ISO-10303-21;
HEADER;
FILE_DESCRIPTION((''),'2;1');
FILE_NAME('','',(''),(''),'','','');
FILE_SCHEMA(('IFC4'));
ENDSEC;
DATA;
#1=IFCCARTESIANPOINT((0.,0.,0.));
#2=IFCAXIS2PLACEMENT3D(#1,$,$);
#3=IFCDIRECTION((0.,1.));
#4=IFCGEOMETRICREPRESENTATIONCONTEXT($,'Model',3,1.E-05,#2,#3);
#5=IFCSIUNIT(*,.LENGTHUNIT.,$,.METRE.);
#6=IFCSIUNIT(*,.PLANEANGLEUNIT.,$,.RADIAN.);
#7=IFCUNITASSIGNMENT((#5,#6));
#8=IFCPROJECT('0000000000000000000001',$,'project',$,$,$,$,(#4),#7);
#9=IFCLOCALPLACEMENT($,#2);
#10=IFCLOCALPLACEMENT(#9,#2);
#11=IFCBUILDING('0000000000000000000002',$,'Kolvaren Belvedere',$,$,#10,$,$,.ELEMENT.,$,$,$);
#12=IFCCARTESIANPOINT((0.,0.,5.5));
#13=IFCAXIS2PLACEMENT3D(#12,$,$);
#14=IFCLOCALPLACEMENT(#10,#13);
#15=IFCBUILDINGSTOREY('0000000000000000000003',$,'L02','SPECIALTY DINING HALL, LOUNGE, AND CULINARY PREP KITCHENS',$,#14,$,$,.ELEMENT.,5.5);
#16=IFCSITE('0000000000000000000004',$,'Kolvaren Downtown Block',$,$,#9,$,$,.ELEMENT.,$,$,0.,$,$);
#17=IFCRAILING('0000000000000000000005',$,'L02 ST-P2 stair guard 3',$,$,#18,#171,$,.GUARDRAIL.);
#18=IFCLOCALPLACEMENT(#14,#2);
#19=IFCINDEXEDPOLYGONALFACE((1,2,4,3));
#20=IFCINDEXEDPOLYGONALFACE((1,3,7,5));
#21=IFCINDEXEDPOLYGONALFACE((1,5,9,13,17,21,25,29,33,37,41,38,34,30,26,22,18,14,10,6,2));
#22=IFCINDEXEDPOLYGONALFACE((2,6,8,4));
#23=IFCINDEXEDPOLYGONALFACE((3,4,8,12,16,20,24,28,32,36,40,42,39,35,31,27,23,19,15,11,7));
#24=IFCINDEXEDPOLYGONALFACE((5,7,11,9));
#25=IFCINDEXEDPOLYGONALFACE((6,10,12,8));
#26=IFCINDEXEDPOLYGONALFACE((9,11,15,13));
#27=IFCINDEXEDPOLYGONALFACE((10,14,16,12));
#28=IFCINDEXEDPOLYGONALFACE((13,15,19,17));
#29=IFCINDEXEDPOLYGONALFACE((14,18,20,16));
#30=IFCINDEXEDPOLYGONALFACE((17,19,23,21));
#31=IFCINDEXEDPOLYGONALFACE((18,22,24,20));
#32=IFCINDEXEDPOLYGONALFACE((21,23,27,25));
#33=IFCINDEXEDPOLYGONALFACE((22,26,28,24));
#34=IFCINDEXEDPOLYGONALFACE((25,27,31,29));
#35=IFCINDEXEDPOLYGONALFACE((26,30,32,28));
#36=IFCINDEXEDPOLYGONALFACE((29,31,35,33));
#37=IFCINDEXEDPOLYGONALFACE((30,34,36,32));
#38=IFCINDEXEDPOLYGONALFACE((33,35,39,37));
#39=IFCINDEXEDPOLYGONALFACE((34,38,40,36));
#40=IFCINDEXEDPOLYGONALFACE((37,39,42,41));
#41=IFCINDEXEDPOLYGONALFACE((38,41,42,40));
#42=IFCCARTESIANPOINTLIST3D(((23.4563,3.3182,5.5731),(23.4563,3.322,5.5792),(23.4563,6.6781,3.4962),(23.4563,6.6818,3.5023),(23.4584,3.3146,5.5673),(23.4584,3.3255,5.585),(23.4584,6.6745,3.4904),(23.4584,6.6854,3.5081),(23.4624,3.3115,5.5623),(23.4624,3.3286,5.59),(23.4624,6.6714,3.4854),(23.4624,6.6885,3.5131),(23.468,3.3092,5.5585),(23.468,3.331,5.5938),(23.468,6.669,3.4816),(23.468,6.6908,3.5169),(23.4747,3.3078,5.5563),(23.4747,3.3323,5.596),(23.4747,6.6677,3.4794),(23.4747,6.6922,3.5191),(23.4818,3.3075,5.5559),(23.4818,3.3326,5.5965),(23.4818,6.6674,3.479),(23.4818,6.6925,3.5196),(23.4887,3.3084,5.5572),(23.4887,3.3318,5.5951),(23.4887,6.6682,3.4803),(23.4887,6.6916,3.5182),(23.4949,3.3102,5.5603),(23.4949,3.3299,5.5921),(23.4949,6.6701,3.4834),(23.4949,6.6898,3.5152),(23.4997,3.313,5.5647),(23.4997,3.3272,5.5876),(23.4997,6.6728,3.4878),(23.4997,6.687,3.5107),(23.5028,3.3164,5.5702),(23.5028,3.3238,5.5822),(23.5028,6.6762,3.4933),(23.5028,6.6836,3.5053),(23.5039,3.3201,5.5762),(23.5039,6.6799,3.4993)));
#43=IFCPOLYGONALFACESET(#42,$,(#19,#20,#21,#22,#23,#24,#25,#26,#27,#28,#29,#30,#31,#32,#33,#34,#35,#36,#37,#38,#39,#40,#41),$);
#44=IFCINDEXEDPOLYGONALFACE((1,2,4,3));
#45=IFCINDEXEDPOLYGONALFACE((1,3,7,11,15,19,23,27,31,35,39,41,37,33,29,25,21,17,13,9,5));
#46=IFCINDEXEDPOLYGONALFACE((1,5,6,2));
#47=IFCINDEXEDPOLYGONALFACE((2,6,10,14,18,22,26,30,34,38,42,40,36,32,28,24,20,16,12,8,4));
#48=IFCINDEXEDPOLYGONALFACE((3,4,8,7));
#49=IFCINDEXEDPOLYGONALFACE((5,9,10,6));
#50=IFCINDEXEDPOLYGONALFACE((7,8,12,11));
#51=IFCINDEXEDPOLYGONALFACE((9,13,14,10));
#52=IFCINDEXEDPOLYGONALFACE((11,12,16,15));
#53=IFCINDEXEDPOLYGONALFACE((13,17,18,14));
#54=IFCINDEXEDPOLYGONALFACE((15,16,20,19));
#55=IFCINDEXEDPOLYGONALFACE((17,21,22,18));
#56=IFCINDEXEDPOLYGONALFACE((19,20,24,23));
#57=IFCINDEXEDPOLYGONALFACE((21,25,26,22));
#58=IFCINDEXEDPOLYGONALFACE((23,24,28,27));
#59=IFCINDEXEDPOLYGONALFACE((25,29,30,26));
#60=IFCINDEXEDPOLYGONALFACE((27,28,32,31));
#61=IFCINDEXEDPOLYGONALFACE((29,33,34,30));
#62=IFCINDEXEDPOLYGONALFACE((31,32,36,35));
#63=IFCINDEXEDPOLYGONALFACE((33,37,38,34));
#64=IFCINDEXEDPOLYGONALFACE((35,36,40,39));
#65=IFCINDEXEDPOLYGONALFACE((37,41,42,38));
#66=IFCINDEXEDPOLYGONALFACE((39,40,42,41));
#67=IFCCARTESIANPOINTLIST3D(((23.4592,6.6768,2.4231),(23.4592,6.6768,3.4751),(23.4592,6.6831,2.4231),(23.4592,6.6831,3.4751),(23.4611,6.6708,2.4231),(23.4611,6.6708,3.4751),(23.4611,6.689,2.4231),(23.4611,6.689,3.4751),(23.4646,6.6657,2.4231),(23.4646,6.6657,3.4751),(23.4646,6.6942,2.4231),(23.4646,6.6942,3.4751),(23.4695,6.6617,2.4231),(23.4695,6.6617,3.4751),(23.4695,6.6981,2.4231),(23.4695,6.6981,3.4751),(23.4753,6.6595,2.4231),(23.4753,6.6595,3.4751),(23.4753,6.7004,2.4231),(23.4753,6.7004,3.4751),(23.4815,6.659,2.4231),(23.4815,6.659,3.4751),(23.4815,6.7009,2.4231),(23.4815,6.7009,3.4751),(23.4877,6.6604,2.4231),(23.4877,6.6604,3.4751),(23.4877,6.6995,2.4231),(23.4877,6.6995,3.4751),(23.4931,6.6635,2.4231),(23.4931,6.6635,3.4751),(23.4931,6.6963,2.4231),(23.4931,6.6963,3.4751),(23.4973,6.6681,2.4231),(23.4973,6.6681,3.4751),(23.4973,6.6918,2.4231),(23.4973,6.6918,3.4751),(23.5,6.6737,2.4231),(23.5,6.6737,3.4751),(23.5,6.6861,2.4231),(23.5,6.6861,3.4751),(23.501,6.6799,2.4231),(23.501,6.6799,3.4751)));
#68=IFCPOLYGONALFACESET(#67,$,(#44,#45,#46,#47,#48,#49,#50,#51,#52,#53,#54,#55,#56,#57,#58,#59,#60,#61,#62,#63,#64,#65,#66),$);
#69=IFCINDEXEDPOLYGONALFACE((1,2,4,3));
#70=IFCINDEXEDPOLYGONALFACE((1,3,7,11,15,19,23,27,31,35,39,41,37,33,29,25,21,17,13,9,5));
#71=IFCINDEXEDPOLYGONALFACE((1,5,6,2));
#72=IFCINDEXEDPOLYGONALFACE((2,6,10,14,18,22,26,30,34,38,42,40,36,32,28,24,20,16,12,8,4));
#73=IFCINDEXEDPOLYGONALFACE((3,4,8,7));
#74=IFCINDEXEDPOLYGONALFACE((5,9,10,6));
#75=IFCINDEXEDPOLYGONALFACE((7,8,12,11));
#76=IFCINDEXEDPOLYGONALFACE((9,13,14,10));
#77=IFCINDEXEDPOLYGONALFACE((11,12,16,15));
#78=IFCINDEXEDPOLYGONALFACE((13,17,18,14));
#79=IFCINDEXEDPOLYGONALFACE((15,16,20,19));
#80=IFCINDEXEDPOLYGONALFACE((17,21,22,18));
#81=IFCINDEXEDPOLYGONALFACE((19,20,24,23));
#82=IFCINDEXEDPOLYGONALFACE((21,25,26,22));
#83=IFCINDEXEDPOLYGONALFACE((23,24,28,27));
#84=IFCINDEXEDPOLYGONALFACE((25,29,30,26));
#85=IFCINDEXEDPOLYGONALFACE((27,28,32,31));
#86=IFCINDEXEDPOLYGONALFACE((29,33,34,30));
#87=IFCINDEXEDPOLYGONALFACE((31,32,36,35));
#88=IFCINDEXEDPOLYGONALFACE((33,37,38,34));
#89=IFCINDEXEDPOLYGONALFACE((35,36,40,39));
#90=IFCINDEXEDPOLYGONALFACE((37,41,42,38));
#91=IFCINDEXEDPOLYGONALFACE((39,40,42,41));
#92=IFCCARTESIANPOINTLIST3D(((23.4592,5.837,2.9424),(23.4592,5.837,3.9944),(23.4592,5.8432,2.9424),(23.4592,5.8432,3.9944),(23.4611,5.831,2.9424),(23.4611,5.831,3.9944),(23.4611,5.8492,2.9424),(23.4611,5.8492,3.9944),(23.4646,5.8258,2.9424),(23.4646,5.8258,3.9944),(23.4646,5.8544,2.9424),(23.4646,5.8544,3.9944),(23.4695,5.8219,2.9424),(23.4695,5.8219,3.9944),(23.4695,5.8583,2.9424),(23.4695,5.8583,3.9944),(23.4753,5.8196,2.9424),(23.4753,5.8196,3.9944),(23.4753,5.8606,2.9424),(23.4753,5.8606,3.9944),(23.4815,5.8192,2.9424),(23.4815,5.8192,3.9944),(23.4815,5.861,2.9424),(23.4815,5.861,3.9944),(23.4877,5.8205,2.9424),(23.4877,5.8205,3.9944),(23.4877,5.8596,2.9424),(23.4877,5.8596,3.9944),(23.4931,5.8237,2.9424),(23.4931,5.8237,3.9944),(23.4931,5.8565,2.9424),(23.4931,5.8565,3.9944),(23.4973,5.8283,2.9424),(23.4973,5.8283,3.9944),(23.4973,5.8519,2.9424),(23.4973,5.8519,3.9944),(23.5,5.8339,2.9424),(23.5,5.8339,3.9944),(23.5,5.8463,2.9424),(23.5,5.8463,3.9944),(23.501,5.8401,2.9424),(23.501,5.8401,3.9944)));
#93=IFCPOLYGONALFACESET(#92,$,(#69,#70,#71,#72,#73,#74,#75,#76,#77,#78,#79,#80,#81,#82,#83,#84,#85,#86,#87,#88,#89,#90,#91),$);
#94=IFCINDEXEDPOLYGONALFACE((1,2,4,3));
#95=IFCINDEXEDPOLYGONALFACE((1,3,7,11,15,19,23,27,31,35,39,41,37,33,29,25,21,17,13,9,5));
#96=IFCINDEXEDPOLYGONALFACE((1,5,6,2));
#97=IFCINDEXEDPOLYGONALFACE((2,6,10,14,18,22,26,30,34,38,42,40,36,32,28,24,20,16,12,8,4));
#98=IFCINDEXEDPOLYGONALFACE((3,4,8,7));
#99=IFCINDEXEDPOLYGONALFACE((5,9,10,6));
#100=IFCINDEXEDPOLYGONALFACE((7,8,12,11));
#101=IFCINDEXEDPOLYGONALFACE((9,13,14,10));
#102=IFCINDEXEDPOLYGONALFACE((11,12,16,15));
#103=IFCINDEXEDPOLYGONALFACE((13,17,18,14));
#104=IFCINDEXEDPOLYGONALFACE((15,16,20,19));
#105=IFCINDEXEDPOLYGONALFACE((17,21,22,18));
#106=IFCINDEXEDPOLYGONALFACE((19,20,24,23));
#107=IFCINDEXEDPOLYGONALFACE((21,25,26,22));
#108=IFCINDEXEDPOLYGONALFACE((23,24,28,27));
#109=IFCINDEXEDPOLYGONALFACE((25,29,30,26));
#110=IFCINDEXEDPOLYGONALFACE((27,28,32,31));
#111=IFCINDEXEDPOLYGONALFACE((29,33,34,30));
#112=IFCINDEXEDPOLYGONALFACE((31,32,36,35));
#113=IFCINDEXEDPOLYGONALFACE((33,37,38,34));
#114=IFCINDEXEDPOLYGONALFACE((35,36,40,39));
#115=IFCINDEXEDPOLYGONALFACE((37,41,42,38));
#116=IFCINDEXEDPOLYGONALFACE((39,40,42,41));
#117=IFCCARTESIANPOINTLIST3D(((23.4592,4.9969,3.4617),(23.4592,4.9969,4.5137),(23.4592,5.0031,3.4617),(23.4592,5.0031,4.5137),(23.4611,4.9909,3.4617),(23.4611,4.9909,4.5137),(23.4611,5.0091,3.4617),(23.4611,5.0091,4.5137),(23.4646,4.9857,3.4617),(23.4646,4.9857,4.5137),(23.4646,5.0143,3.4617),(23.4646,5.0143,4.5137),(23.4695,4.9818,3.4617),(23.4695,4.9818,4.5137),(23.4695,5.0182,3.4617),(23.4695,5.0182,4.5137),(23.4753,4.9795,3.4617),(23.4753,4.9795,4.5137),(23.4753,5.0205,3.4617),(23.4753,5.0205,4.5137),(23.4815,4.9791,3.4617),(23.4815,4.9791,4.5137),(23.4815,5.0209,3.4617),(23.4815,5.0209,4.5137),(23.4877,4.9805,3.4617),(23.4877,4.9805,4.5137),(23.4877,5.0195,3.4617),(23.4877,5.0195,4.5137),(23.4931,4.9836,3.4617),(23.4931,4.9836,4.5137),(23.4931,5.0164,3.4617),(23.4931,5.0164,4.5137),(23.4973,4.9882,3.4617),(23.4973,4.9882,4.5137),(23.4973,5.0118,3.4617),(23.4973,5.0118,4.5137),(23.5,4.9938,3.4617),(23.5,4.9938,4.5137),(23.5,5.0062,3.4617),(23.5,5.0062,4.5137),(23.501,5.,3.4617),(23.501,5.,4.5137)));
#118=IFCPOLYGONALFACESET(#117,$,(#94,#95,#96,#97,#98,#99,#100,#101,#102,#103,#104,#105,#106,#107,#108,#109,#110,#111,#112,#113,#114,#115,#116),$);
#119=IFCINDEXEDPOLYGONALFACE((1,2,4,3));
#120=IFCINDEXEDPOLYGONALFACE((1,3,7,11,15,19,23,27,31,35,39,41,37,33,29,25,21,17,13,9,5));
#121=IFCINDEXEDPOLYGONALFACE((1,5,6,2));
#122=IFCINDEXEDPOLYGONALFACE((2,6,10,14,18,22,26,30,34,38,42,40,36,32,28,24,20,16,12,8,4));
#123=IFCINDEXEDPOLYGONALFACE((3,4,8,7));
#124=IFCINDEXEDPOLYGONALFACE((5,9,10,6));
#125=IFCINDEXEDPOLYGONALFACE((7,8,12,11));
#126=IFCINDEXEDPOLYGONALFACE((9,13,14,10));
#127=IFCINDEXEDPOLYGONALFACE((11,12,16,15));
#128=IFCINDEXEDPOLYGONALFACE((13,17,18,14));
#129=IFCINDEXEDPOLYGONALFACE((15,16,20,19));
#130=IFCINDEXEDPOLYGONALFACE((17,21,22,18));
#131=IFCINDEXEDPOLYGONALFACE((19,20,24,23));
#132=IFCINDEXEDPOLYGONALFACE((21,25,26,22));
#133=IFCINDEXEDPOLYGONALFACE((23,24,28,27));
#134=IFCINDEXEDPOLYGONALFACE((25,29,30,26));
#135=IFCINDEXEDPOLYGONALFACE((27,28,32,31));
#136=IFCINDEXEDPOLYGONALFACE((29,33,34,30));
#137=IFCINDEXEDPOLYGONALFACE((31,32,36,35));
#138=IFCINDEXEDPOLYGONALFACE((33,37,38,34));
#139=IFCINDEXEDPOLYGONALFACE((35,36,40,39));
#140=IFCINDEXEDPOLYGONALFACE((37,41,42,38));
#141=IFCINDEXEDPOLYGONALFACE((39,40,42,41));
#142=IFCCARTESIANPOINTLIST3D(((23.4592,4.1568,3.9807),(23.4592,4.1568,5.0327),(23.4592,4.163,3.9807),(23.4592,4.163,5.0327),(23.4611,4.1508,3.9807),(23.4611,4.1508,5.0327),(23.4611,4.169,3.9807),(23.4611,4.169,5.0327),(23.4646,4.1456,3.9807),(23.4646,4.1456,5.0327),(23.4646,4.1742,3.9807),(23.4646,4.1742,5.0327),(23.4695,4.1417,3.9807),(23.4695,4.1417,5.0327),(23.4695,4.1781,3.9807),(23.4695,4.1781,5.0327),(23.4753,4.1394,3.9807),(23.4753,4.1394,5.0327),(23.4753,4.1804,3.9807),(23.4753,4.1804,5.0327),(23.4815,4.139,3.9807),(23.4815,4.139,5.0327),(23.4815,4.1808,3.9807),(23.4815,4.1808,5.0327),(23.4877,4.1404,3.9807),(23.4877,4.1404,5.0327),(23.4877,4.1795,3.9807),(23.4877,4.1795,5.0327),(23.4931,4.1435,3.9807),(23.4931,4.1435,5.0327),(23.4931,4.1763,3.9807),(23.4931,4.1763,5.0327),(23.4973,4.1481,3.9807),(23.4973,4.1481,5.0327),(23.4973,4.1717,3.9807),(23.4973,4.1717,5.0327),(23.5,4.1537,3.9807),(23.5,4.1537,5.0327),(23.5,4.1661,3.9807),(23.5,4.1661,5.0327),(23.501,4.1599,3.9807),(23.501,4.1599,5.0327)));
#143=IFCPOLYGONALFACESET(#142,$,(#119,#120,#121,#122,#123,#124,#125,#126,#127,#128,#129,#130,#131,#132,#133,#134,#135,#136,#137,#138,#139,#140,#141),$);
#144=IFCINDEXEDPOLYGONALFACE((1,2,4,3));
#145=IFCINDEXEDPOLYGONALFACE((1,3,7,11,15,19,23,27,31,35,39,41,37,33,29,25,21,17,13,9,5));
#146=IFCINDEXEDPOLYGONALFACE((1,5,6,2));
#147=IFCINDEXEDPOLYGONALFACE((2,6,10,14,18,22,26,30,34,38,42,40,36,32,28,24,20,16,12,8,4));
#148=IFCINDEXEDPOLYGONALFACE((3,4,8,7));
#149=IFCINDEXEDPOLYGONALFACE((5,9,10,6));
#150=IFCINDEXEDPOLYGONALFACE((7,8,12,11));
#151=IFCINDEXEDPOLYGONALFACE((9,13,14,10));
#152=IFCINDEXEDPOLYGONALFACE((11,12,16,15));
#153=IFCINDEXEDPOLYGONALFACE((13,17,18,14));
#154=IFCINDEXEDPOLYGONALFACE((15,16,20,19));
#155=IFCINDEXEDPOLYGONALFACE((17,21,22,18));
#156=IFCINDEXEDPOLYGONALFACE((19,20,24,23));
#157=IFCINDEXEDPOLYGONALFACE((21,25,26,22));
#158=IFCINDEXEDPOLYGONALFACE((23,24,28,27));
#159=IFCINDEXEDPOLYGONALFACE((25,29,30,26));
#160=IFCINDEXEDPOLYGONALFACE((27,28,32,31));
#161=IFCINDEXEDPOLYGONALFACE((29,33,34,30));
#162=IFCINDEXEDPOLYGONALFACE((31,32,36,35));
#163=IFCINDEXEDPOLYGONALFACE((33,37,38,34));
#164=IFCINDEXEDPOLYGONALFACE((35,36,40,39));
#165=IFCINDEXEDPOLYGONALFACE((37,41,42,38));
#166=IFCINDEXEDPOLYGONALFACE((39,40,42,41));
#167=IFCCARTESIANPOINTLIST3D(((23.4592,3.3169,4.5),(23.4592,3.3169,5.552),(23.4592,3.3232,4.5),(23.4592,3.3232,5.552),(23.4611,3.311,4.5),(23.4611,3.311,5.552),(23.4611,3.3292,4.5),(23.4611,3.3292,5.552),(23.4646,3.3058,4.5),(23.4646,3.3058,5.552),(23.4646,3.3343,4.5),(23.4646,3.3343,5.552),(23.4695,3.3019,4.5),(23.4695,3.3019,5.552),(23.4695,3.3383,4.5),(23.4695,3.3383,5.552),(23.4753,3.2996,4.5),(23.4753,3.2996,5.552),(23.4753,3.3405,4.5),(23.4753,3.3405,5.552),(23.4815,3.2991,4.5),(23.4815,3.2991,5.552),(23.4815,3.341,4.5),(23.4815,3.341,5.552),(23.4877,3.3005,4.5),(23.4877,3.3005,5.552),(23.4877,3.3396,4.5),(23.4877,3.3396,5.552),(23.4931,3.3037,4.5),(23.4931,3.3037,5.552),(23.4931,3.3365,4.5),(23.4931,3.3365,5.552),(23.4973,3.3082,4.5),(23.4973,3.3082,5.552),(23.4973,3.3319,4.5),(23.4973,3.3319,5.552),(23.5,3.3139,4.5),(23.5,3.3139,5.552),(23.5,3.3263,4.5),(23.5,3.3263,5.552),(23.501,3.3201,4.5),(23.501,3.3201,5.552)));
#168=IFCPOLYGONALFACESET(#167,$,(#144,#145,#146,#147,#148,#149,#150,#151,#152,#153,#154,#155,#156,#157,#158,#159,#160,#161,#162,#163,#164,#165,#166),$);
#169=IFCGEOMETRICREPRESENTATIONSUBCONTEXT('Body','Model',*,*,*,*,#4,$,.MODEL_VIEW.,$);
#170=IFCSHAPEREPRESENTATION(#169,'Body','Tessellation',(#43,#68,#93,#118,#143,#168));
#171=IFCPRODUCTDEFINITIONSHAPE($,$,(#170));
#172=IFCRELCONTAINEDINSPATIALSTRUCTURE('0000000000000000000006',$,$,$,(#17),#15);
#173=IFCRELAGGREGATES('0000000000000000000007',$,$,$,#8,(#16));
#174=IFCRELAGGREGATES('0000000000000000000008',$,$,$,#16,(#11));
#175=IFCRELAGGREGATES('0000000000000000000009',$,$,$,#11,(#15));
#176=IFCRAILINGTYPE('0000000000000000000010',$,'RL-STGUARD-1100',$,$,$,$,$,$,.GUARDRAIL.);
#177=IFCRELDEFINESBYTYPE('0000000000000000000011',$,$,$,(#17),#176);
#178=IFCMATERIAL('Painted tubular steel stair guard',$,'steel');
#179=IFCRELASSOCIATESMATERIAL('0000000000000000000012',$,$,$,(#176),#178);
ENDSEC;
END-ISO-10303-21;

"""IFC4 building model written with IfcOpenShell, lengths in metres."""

from ifc_helpers import new_model, si_unit, direction, frame, origin, origin_2d, place, context, subcontext, project, spatial, circle, extrude, material, type_object, element, save


model = new_model("IFC4")

# Units and contexts
model_context = context("Model", 3, precision=1e-05, world=origin(), true_north=direction((0.0, 1.0)))
body_context = subcontext(model_context, "Body", "Model", "MODEL_VIEW")
ifc_project = project(units=[si_unit("LENGTHUNIT", "METRE"), si_unit("PLANEANGLEUNIT", "RADIAN")], contexts=[model_context])

# Site, building, storey
site_placement = place(None, origin())
site = spatial("IfcSite", under=ifc_project, at=site_placement, Name="Kolvaren Downtown Block", CompositionType="ELEMENT", RefElevation=0.0)
building_placement = place(site_placement, origin())
building = spatial("IfcBuilding", under=site, at=building_placement, Name="Kolvaren Belvedere", CompositionType="ELEMENT")
storey_placement = place(building_placement, frame((0.0, 0.0, 5.5)))
storey = spatial("IfcBuildingStorey", under=building, at=storey_placement, Name="L02", Description="SPECIALTY DINING HALL, LOUNGE, AND CULINARY PREP KITCHENS", CompositionType="ELEMENT", Elevation=5.5)

# Railing
ifc_material_1 = material(Name="Painted tubular steel stair guard", Category="steel")
railing_type_1 = type_object("IfcRailingType", Name="RL-STGUARD-1100", PredefinedType="GUARDRAIL", material=ifc_material_1)
railing_1_placement = place(storey_placement, frame((23.48, 6.6799, 2.4231)))
element("IfcRailing", 1, at=railing_1_placement, inside=storey, type_object=railing_type_1, Name="L02 ST-P2 stair guard 3", PredefinedType="GUARDRAIL", context=body_context, shape_type="SweptSolid", body=[
    extrude(circle(Radius=0.0239, at=origin_2d()), frame((0.0, 0.0, 1.0762), z_axis=(0.0, -0.850606, 0.525803), x_axis=(1.0, 0.0, 0.0)), (0.0, 0.0, 1.0), 3.95),
    extrude(circle(Radius=0.021, at=origin_2d()), origin(), (0.0, 0.0, 1.0), 1.052),
    extrude(circle(Radius=0.021, at=origin_2d()), frame((0.0, -0.8398, 0.5193)), (0.0, 0.0, 1.0), 1.052),
    extrude(circle(Radius=0.021, at=origin_2d()), frame((0.0, -1.6799, 1.0386)), (0.0, 0.0, 1.0), 1.052),
    extrude(circle(Radius=0.021, at=origin_2d()), frame((0.0, -2.52, 1.5576)), (0.0, 0.0, 1.0), 1.052),
    extrude(circle(Radius=0.021, at=origin_2d()), frame((0.0, -3.3599, 2.0769)), (0.0, 0.0, 1.0), 1.052),
])

save(model, "model.ifc")
